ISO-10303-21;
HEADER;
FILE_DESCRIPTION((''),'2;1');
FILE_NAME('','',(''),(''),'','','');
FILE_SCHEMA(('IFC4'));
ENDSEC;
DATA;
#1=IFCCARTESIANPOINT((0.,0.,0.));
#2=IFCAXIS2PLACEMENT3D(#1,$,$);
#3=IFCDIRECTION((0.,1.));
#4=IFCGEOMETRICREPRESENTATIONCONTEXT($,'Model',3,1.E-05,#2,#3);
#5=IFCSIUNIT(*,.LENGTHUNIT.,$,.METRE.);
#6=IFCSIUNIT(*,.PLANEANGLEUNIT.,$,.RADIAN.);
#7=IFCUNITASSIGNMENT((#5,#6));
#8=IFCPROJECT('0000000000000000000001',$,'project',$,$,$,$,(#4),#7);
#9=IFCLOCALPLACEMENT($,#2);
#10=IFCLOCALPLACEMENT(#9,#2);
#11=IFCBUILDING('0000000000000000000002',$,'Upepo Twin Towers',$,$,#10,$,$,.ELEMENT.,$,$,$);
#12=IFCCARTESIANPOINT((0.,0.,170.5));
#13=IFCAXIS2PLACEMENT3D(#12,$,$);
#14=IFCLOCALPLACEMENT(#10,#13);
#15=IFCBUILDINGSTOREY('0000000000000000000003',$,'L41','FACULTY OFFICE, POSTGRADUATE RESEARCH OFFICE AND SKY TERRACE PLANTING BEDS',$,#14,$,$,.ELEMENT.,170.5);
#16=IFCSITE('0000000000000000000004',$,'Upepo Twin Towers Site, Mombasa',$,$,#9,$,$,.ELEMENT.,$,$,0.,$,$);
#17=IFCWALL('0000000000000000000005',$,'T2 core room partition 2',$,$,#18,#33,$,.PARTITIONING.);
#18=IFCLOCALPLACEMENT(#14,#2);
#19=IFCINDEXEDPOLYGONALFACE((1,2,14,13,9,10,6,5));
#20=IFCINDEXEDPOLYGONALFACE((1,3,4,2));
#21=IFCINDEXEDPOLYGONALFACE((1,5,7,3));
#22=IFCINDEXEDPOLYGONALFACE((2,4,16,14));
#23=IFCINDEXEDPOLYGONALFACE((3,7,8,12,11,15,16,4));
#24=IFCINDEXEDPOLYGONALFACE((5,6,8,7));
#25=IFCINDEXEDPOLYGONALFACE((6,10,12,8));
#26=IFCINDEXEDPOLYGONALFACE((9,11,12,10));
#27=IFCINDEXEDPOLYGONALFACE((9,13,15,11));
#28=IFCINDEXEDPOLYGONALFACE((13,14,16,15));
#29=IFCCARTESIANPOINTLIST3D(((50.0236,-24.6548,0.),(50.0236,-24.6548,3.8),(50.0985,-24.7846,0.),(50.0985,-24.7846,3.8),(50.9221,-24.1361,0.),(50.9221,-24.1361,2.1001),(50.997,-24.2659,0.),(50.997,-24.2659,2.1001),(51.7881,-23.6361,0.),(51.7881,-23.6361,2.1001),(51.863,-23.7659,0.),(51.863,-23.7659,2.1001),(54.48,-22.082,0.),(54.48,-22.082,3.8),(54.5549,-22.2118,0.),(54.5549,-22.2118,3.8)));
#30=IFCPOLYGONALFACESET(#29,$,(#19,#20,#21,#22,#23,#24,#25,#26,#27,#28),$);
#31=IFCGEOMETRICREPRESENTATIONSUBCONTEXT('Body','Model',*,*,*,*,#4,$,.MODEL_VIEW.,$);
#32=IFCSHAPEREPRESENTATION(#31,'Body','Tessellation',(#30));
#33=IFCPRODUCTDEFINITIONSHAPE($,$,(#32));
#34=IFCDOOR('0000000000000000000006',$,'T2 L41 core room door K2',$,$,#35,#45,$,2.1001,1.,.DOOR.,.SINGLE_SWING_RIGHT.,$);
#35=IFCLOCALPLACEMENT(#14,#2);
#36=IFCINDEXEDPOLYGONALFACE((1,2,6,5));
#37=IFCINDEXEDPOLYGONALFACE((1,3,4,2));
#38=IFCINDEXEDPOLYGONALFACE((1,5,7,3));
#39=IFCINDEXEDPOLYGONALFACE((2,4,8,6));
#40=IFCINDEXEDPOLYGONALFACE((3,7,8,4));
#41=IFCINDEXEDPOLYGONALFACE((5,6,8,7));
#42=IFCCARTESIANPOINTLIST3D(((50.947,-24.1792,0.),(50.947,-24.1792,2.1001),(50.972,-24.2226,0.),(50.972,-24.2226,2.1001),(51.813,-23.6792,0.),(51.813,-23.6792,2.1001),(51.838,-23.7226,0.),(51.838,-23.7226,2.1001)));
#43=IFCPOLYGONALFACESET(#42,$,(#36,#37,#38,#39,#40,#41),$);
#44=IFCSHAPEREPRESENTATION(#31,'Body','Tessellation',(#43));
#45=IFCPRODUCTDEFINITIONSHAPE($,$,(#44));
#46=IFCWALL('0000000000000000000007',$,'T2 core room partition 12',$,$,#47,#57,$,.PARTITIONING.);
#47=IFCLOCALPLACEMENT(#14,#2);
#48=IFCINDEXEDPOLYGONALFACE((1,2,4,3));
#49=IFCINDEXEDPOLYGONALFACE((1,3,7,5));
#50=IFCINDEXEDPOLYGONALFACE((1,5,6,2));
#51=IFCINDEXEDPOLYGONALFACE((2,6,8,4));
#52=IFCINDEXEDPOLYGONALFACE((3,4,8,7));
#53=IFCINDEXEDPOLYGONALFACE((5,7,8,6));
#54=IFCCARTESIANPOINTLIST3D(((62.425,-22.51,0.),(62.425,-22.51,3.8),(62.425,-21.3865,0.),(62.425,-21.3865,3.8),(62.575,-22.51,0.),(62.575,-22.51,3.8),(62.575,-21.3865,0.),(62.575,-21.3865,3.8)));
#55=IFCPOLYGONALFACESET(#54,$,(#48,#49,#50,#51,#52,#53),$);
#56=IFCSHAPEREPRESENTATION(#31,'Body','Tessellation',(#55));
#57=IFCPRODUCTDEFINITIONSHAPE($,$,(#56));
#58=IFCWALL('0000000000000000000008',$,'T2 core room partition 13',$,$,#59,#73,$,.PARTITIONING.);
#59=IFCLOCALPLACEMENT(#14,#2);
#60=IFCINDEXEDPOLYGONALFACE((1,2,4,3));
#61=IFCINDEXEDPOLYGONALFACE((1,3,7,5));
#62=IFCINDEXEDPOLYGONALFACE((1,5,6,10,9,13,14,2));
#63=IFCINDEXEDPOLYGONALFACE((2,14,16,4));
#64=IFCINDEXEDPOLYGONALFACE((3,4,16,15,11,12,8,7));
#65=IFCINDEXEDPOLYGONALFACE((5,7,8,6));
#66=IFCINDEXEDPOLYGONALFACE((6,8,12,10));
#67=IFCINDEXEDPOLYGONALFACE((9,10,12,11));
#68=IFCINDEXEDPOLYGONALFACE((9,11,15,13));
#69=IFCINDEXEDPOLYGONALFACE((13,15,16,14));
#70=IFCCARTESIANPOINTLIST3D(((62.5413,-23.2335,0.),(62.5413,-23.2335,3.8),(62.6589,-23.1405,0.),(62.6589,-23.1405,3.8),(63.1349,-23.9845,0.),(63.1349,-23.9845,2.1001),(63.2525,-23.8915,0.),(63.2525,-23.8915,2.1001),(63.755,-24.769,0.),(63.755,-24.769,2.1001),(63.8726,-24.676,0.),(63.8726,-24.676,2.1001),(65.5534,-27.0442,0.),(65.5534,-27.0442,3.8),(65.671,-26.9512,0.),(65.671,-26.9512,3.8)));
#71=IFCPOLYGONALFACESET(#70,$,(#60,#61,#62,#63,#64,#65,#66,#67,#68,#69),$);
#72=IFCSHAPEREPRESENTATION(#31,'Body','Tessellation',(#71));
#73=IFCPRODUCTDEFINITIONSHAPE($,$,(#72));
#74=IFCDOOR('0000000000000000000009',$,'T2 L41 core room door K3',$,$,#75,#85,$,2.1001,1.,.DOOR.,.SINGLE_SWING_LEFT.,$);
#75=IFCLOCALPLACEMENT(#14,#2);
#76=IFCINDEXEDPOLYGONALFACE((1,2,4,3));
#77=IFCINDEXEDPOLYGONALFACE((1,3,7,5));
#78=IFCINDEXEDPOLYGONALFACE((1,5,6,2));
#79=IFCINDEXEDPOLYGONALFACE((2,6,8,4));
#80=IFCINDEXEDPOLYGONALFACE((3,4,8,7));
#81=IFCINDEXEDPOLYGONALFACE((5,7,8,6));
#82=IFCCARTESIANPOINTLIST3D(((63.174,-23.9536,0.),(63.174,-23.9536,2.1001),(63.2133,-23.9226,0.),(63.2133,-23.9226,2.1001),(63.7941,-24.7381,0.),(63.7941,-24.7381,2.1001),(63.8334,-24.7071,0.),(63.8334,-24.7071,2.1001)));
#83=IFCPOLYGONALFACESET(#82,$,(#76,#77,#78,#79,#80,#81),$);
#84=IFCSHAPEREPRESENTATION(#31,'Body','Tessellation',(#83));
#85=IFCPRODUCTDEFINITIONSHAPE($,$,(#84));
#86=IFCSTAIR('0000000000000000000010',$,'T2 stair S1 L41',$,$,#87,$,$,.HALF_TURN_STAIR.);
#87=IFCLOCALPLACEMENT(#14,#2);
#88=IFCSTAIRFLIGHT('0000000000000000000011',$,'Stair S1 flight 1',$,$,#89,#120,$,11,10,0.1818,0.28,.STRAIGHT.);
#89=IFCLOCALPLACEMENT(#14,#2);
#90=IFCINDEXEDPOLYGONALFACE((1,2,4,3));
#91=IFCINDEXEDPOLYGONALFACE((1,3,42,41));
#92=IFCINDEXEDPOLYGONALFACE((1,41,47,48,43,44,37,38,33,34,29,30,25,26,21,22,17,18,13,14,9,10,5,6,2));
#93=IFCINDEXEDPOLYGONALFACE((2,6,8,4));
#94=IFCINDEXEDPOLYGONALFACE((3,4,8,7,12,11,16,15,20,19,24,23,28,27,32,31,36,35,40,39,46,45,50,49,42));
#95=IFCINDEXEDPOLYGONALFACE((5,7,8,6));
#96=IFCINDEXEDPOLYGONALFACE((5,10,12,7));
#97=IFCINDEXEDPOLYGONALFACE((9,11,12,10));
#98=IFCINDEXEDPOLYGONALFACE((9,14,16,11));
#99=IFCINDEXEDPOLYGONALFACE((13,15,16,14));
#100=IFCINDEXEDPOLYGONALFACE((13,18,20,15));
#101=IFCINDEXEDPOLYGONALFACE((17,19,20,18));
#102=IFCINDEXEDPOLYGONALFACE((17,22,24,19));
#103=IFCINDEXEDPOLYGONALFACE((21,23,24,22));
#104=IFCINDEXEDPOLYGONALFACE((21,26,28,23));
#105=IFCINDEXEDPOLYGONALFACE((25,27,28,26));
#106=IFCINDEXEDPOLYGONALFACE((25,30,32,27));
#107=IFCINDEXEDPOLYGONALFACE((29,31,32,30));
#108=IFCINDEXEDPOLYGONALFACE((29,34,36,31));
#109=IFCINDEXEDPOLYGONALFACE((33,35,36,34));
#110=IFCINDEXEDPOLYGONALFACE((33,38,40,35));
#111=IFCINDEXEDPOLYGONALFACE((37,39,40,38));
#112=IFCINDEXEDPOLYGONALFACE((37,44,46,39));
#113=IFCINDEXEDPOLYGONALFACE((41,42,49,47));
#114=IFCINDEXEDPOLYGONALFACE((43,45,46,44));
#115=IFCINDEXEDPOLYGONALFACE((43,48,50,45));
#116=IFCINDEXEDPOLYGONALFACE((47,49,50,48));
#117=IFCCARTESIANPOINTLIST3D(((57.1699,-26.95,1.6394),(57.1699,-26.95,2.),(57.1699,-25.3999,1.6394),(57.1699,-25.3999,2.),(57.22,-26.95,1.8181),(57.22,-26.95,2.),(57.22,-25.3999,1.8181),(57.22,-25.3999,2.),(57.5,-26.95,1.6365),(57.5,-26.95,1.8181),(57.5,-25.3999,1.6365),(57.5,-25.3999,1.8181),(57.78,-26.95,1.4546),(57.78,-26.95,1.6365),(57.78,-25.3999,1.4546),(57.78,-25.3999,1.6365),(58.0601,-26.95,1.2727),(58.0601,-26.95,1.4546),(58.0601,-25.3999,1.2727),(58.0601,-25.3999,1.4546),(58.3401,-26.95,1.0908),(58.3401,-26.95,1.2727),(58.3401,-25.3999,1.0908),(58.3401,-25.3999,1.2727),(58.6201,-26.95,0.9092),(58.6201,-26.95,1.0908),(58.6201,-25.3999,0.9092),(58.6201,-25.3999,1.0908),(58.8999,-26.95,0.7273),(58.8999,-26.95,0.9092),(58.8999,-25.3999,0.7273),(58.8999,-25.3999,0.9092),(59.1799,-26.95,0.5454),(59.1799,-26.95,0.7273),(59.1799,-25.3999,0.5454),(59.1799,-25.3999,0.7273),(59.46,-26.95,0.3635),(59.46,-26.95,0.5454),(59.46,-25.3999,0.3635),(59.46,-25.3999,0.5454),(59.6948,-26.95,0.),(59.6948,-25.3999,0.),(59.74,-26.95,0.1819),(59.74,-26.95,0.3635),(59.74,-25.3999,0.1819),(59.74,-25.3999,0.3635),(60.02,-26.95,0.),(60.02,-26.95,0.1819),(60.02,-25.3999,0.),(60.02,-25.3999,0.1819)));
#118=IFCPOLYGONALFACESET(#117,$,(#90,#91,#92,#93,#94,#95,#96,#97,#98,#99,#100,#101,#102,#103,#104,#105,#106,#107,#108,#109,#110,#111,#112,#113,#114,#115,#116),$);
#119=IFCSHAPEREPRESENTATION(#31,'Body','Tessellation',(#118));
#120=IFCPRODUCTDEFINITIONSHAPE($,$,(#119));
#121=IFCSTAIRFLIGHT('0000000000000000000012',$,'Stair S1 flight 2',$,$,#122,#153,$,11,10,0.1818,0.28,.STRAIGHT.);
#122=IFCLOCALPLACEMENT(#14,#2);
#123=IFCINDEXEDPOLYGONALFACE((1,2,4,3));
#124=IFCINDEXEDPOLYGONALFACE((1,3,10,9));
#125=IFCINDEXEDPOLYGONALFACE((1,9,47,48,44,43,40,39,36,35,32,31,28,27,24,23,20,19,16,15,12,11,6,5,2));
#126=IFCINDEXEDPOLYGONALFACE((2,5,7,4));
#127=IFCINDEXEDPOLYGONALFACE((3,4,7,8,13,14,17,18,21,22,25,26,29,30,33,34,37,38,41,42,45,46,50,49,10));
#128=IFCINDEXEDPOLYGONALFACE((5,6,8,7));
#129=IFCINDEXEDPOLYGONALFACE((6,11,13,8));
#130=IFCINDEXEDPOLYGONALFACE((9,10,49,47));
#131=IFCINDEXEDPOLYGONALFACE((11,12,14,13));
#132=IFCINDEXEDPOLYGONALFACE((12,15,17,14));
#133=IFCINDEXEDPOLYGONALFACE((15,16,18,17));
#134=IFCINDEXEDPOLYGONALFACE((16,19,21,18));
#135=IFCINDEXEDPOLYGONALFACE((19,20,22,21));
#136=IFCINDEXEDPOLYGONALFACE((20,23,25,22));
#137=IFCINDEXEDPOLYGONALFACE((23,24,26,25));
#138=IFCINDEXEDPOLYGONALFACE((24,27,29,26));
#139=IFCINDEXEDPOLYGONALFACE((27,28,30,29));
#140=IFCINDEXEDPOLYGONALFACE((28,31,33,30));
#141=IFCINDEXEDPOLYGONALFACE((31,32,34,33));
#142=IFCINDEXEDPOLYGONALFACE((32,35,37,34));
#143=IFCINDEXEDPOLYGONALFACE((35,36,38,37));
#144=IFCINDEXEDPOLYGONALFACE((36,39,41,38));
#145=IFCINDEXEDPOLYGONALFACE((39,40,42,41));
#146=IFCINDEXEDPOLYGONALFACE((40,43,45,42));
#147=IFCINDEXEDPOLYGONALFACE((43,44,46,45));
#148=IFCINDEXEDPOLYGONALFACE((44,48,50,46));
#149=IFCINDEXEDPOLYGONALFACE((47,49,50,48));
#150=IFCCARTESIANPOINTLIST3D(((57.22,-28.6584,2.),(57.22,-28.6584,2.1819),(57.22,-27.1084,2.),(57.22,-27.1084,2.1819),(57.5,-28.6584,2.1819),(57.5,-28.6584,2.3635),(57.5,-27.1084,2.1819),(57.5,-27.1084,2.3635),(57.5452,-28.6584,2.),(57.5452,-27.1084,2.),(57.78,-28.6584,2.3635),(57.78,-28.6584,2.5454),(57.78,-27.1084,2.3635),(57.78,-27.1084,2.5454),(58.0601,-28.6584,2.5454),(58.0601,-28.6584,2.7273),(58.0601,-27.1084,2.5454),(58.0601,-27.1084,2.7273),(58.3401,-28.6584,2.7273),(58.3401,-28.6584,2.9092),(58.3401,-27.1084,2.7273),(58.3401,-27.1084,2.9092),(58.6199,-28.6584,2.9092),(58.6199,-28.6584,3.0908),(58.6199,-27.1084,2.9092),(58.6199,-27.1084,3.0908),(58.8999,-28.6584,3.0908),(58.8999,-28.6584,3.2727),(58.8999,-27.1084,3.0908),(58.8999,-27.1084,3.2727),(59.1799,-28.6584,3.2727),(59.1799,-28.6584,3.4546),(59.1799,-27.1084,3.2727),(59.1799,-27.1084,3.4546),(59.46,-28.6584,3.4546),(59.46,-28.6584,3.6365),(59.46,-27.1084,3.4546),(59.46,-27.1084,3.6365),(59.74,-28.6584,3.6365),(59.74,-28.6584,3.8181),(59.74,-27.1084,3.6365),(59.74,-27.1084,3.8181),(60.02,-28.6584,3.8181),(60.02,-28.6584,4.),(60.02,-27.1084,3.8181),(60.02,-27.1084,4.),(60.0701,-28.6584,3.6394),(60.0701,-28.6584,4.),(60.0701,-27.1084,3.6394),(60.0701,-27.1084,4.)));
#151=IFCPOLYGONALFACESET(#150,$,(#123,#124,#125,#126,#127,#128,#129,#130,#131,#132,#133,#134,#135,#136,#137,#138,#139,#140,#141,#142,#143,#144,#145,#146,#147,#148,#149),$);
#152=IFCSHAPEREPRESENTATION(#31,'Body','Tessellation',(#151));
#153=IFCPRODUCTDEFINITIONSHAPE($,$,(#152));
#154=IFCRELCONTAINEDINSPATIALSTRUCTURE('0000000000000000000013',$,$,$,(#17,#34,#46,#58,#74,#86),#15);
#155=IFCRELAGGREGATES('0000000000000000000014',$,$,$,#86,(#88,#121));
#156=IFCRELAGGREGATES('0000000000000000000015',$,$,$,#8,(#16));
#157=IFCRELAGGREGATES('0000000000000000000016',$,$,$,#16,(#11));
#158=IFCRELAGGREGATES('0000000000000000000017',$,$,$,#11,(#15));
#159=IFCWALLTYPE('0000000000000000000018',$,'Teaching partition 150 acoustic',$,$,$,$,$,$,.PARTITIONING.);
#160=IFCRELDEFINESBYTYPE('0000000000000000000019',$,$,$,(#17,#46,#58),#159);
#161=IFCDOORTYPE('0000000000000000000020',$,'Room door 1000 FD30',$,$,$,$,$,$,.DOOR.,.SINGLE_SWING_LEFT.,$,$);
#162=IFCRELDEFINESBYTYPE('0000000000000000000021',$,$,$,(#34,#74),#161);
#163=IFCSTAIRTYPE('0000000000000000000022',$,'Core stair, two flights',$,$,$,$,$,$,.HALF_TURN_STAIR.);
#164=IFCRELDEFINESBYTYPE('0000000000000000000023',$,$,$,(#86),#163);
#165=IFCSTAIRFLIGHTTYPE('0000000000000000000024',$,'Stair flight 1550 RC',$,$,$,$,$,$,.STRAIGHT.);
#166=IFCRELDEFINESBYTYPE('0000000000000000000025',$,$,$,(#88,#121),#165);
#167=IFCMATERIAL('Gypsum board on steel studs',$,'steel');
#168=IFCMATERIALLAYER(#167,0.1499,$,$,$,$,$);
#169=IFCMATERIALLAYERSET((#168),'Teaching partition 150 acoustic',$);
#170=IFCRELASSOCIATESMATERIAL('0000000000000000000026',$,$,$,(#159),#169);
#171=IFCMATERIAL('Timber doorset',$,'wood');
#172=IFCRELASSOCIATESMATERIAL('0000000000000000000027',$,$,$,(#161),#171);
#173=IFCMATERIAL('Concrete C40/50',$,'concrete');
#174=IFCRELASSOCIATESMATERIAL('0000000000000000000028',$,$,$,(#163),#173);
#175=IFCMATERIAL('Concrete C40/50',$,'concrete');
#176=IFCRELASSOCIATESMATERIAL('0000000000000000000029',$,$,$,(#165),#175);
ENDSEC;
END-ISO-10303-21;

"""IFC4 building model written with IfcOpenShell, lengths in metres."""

from ifc_helpers import new_model, si_unit, direction, frame, frame_2d, origin, place, context, subcontext, project, spatial, polyline, rectangle, outline, extrude, material, layer, layer_set, type_object, element, fill, aggregate, save


model = new_model("IFC4")

# Units and contexts
model_context = context("Model", 3, precision=1e-05, world=origin(), true_north=direction((0.0, 1.0)))
body_context = subcontext(model_context, "Body", "Model", "MODEL_VIEW")
ifc_project = project(units=[si_unit("LENGTHUNIT", "METRE"), si_unit("PLANEANGLEUNIT", "RADIAN")], contexts=[model_context])

# Site, building, storey
site_placement = place(None, origin())
site = spatial("IfcSite", under=ifc_project, at=site_placement, Name="Upepo Twin Towers Site, Mombasa", CompositionType="ELEMENT", RefElevation=0.0)
building_placement = place(site_placement, origin())
building = spatial("IfcBuilding", under=site, at=building_placement, Name="Upepo Twin Towers", CompositionType="ELEMENT")
storey_placement = place(building_placement, frame((0.0, 0.0, 170.5)))
storey = spatial("IfcBuildingStorey", under=building, at=storey_placement, Name="L41", Description="FACULTY OFFICE, POSTGRADUATE RESEARCH OFFICE AND SKY TERRACE PLANTING BEDS", CompositionType="ELEMENT", Elevation=170.5)

# Shared definitions
ifc_material_1 = material(Name="Gypsum board on steel studs", Category="steel")
ifc_layer_1 = layer(ifc_material_1, 0.1499)
ifc_layer_set_1 = layer_set([ifc_layer_1], Name="Teaching partition 150 acoustic")
wall_type_1 = type_object("IfcWallType", Name="Teaching partition 150 acoustic", PredefinedType="PARTITIONING", material=ifc_layer_set_1)

# Wall, opening, door
wall_1_placement = place(storey_placement, frame((54.5173, -22.147, 0.0), z_axis=(0.0, 0.0, 1.0), x_axis=(-0.866033, -0.499987, 0.0)))
wall_1 = element("IfcWall", 1, at=wall_1_placement, inside=storey, type_object=wall_type_1, Name="T2 core room partition 2", PredefinedType="PARTITIONING", context=body_context, shape_type="SweptSolid", body=[
    extrude(rectangle(XDim=5.1458, YDim=0.1499, at=frame_2d((2.5728, 0.0))), origin(), (0.0, 0.0, 1.0), 3.8),
])
opening_1_placement = place(wall_1_placement, frame((3.1082, 0.0, 0.0)))
opening_1 = element("IfcOpeningElement", 2, at=opening_1_placement, cuts=wall_1, PredefinedType="OPENING", context=body_context, shape_type="SweptSolid", body=[
    extrude(rectangle(XDim=1.0, YDim=2.1001, at=frame_2d((0.5, 1.05))), frame((0.0, 0.085, 0.0), z_axis=(0.0, -1.0, 0.0), x_axis=(1.0, 0.0, 0.0)), (0.0, 0.0, 1.0), 0.1699),
])
ifc_material_2 = material(Name="Timber doorset", Category="wood")
door_type_1 = type_object("IfcDoorType", Name="Room door 1000 FD30", OperationType="SINGLE_SWING_LEFT", PredefinedType="DOOR", material=ifc_material_2)
door_1_placement = place(opening_1_placement, origin())
door_1 = element("IfcDoor", 3, at=door_1_placement, inside=storey, type_object=door_type_1, Name="T2 L41 core room door K2", OperationType="SINGLE_SWING_RIGHT", OverallHeight=2.1001, OverallWidth=1.0, PredefinedType="DOOR", context=body_context, shape_type="SweptSolid", body=[
    extrude(rectangle(XDim=1.0, YDim=2.1001, at=frame_2d((0.5, 1.05))), frame((0.0, 0.0249, 0.0), z_axis=(0.0, -1.0, 0.0), x_axis=(1.0, 0.0, 0.0)), (0.0, 0.0, 1.0), 0.05),
])
fill(opening_1, door_1)

# Wall
wall_2_placement = place(storey_placement, frame((62.5, -21.3865, 0.0), z_axis=(0.0, 0.0, 1.0), x_axis=(0.0, -1.0, 0.0)))
element("IfcWall", 4, at=wall_2_placement, inside=storey, type_object=wall_type_1, Name="T2 core room partition 12", PredefinedType="PARTITIONING", context=body_context, shape_type="SweptSolid", body=[
    extrude(rectangle(XDim=1.1235, YDim=0.1499, at=frame_2d((0.5618, 0.0))), origin(), (0.0, 0.0, 1.0), 3.8),
])

# Wall, opening, door
wall_3_placement = place(storey_placement, frame((62.6001, -23.187, 0.0), z_axis=(0.0, 0.0, 1.0), x_axis=(0.620112, -0.784513, 0.0)))
wall_3 = element("IfcWall", 5, at=wall_3_placement, inside=storey, type_object=wall_type_1, Name="T2 core room partition 13", PredefinedType="PARTITIONING", context=body_context, shape_type="SweptSolid", body=[
    extrude(rectangle(XDim=4.8574, YDim=0.1499, at=frame_2d((2.4287, 0.0))), origin(), (0.0, 0.0, 1.0), 3.8),
])
opening_2_placement = place(wall_3_placement, frame((0.9573, 0.0, 0.0)))
opening_2 = element("IfcOpeningElement", 6, at=opening_2_placement, cuts=wall_3, PredefinedType="OPENING", context=body_context, shape_type="SweptSolid", body=[
    extrude(rectangle(XDim=1.0, YDim=2.1001, at=frame_2d((0.5, 1.05))), frame((0.0, 0.085, 0.0), z_axis=(0.0, -1.0, 0.0), x_axis=(1.0, 0.0, 0.0)), (0.0, 0.0, 1.0), 0.1699),
])
door_2_placement = place(opening_2_placement, origin())
door_2 = element("IfcDoor", 7, at=door_2_placement, inside=storey, type_object=door_type_1, Name="T2 L41 core room door K3", OperationType="SINGLE_SWING_LEFT", OverallHeight=2.1001, OverallWidth=1.0, PredefinedType="DOOR", context=body_context, shape_type="SweptSolid", body=[
    extrude(rectangle(XDim=1.0, YDim=2.1001, at=frame_2d((0.5, 1.05))), frame((0.0, 0.0249, 0.0), z_axis=(0.0, -1.0, 0.0), x_axis=(1.0, 0.0, 0.0)), (0.0, 0.0, 1.0), 0.05),
])
fill(opening_2, door_2)

# Stair, stair flights
ifc_material_3 = material(Name="Concrete C40/50", Category="concrete")
stair_type = type_object("IfcStairType", Name="Core stair, two flights", PredefinedType="HALF_TURN_STAIR", material=ifc_material_3)
stair_placement = place(storey_placement, origin())
stair = element("IfcStair", 8, at=stair_placement, inside=storey, type_object=stair_type, Name="T2 stair S1 L41", PredefinedType="HALF_TURN_STAIR")
ifc_material_4 = material(Name="Concrete C40/50", Category="concrete")
stair_flight_type = type_object("IfcStairFlightType", Name="Stair flight 1550 RC", PredefinedType="STRAIGHT", material=ifc_material_4)
stair_flight_1_placement = place(storey_placement, frame((60.02, -26.175, 0.0), z_axis=(0.0, 0.0, 1.0), x_axis=(-1.0, 0.0, 0.0)))
stair_flight_1 = element("IfcStairFlight", 9, at=stair_flight_1_placement, type_object=stair_flight_type, Name="Stair S1 flight 1", NumberOfRisers=11, NumberOfTreads=10, PredefinedType="STRAIGHT", RiserHeight=0.1818, TreadLength=0.28, context=body_context, shape_type="SweptSolid", body=[
    extrude(outline(polyline([(0.0, 0.0), (0.0, 0.1819), (0.28, 0.1819), (0.28, 0.3635), (0.5601, 0.3635), (0.5601, 0.5454), (0.8401, 0.5454), (0.8401, 0.7273), (1.1201, 0.7273), (1.1201, 0.9092), (1.3999, 0.9092), (1.3999, 1.0908), (1.6799, 1.0908), (1.6799, 1.2727), (1.96, 1.2727), (1.96, 1.4546), (2.24, 1.4546), (2.24, 1.6365), (2.52, 1.6365), (2.52, 1.8181), (2.8, 1.8181), (2.8, 2.0), (2.8501, 2.0), (2.8501, 1.6394), (0.3252, 0.0), (0.0, 0.0)])), frame((0.0, 0.7749, 0.0), z_axis=(0.0, -1.0, 0.0), x_axis=(1.0, 0.0, 0.0)), (0.0, 0.0, 1.0), 1.55),
])
stair_flight_2_placement = place(storey_placement, frame((57.22, -27.8833, 2.0), z_axis=(0.0, 0.0, 1.0), x_axis=(1.0, 0.0, 0.0)))
stair_flight_2 = element("IfcStairFlight", 10, at=stair_flight_2_placement, type_object=stair_flight_type, Name="Stair S1 flight 2", NumberOfRisers=11, NumberOfTreads=10, PredefinedType="STRAIGHT", RiserHeight=0.1818, TreadLength=0.28, context=body_context, shape_type="SweptSolid", body=[
    extrude(outline(polyline([(0.0, 0.0), (0.0, 0.1819), (0.28, 0.1819), (0.28, 0.3635), (0.5601, 0.3635), (0.5601, 0.5454), (0.8401, 0.5454), (0.8401, 0.7273), (1.1201, 0.7273), (1.1201, 0.9092), (1.3999, 0.9092), (1.3999, 1.0908), (1.6799, 1.0908), (1.6799, 1.2727), (1.96, 1.2727), (1.96, 1.4546), (2.24, 1.4546), (2.24, 1.6365), (2.52, 1.6365), (2.52, 1.8181), (2.8, 1.8181), (2.8, 2.0), (2.8501, 2.0), (2.8501, 1.6394), (0.3252, 0.0), (0.0, 0.0)])), frame((0.0, 0.7749, 0.0), z_axis=(0.0, -1.0, 0.0), x_axis=(1.0, 0.0, 0.0)), (0.0, 0.0, 1.0), 1.55),
])
aggregate(stair, [stair_flight_1, stair_flight_2])

save(model, "model.ifc")
